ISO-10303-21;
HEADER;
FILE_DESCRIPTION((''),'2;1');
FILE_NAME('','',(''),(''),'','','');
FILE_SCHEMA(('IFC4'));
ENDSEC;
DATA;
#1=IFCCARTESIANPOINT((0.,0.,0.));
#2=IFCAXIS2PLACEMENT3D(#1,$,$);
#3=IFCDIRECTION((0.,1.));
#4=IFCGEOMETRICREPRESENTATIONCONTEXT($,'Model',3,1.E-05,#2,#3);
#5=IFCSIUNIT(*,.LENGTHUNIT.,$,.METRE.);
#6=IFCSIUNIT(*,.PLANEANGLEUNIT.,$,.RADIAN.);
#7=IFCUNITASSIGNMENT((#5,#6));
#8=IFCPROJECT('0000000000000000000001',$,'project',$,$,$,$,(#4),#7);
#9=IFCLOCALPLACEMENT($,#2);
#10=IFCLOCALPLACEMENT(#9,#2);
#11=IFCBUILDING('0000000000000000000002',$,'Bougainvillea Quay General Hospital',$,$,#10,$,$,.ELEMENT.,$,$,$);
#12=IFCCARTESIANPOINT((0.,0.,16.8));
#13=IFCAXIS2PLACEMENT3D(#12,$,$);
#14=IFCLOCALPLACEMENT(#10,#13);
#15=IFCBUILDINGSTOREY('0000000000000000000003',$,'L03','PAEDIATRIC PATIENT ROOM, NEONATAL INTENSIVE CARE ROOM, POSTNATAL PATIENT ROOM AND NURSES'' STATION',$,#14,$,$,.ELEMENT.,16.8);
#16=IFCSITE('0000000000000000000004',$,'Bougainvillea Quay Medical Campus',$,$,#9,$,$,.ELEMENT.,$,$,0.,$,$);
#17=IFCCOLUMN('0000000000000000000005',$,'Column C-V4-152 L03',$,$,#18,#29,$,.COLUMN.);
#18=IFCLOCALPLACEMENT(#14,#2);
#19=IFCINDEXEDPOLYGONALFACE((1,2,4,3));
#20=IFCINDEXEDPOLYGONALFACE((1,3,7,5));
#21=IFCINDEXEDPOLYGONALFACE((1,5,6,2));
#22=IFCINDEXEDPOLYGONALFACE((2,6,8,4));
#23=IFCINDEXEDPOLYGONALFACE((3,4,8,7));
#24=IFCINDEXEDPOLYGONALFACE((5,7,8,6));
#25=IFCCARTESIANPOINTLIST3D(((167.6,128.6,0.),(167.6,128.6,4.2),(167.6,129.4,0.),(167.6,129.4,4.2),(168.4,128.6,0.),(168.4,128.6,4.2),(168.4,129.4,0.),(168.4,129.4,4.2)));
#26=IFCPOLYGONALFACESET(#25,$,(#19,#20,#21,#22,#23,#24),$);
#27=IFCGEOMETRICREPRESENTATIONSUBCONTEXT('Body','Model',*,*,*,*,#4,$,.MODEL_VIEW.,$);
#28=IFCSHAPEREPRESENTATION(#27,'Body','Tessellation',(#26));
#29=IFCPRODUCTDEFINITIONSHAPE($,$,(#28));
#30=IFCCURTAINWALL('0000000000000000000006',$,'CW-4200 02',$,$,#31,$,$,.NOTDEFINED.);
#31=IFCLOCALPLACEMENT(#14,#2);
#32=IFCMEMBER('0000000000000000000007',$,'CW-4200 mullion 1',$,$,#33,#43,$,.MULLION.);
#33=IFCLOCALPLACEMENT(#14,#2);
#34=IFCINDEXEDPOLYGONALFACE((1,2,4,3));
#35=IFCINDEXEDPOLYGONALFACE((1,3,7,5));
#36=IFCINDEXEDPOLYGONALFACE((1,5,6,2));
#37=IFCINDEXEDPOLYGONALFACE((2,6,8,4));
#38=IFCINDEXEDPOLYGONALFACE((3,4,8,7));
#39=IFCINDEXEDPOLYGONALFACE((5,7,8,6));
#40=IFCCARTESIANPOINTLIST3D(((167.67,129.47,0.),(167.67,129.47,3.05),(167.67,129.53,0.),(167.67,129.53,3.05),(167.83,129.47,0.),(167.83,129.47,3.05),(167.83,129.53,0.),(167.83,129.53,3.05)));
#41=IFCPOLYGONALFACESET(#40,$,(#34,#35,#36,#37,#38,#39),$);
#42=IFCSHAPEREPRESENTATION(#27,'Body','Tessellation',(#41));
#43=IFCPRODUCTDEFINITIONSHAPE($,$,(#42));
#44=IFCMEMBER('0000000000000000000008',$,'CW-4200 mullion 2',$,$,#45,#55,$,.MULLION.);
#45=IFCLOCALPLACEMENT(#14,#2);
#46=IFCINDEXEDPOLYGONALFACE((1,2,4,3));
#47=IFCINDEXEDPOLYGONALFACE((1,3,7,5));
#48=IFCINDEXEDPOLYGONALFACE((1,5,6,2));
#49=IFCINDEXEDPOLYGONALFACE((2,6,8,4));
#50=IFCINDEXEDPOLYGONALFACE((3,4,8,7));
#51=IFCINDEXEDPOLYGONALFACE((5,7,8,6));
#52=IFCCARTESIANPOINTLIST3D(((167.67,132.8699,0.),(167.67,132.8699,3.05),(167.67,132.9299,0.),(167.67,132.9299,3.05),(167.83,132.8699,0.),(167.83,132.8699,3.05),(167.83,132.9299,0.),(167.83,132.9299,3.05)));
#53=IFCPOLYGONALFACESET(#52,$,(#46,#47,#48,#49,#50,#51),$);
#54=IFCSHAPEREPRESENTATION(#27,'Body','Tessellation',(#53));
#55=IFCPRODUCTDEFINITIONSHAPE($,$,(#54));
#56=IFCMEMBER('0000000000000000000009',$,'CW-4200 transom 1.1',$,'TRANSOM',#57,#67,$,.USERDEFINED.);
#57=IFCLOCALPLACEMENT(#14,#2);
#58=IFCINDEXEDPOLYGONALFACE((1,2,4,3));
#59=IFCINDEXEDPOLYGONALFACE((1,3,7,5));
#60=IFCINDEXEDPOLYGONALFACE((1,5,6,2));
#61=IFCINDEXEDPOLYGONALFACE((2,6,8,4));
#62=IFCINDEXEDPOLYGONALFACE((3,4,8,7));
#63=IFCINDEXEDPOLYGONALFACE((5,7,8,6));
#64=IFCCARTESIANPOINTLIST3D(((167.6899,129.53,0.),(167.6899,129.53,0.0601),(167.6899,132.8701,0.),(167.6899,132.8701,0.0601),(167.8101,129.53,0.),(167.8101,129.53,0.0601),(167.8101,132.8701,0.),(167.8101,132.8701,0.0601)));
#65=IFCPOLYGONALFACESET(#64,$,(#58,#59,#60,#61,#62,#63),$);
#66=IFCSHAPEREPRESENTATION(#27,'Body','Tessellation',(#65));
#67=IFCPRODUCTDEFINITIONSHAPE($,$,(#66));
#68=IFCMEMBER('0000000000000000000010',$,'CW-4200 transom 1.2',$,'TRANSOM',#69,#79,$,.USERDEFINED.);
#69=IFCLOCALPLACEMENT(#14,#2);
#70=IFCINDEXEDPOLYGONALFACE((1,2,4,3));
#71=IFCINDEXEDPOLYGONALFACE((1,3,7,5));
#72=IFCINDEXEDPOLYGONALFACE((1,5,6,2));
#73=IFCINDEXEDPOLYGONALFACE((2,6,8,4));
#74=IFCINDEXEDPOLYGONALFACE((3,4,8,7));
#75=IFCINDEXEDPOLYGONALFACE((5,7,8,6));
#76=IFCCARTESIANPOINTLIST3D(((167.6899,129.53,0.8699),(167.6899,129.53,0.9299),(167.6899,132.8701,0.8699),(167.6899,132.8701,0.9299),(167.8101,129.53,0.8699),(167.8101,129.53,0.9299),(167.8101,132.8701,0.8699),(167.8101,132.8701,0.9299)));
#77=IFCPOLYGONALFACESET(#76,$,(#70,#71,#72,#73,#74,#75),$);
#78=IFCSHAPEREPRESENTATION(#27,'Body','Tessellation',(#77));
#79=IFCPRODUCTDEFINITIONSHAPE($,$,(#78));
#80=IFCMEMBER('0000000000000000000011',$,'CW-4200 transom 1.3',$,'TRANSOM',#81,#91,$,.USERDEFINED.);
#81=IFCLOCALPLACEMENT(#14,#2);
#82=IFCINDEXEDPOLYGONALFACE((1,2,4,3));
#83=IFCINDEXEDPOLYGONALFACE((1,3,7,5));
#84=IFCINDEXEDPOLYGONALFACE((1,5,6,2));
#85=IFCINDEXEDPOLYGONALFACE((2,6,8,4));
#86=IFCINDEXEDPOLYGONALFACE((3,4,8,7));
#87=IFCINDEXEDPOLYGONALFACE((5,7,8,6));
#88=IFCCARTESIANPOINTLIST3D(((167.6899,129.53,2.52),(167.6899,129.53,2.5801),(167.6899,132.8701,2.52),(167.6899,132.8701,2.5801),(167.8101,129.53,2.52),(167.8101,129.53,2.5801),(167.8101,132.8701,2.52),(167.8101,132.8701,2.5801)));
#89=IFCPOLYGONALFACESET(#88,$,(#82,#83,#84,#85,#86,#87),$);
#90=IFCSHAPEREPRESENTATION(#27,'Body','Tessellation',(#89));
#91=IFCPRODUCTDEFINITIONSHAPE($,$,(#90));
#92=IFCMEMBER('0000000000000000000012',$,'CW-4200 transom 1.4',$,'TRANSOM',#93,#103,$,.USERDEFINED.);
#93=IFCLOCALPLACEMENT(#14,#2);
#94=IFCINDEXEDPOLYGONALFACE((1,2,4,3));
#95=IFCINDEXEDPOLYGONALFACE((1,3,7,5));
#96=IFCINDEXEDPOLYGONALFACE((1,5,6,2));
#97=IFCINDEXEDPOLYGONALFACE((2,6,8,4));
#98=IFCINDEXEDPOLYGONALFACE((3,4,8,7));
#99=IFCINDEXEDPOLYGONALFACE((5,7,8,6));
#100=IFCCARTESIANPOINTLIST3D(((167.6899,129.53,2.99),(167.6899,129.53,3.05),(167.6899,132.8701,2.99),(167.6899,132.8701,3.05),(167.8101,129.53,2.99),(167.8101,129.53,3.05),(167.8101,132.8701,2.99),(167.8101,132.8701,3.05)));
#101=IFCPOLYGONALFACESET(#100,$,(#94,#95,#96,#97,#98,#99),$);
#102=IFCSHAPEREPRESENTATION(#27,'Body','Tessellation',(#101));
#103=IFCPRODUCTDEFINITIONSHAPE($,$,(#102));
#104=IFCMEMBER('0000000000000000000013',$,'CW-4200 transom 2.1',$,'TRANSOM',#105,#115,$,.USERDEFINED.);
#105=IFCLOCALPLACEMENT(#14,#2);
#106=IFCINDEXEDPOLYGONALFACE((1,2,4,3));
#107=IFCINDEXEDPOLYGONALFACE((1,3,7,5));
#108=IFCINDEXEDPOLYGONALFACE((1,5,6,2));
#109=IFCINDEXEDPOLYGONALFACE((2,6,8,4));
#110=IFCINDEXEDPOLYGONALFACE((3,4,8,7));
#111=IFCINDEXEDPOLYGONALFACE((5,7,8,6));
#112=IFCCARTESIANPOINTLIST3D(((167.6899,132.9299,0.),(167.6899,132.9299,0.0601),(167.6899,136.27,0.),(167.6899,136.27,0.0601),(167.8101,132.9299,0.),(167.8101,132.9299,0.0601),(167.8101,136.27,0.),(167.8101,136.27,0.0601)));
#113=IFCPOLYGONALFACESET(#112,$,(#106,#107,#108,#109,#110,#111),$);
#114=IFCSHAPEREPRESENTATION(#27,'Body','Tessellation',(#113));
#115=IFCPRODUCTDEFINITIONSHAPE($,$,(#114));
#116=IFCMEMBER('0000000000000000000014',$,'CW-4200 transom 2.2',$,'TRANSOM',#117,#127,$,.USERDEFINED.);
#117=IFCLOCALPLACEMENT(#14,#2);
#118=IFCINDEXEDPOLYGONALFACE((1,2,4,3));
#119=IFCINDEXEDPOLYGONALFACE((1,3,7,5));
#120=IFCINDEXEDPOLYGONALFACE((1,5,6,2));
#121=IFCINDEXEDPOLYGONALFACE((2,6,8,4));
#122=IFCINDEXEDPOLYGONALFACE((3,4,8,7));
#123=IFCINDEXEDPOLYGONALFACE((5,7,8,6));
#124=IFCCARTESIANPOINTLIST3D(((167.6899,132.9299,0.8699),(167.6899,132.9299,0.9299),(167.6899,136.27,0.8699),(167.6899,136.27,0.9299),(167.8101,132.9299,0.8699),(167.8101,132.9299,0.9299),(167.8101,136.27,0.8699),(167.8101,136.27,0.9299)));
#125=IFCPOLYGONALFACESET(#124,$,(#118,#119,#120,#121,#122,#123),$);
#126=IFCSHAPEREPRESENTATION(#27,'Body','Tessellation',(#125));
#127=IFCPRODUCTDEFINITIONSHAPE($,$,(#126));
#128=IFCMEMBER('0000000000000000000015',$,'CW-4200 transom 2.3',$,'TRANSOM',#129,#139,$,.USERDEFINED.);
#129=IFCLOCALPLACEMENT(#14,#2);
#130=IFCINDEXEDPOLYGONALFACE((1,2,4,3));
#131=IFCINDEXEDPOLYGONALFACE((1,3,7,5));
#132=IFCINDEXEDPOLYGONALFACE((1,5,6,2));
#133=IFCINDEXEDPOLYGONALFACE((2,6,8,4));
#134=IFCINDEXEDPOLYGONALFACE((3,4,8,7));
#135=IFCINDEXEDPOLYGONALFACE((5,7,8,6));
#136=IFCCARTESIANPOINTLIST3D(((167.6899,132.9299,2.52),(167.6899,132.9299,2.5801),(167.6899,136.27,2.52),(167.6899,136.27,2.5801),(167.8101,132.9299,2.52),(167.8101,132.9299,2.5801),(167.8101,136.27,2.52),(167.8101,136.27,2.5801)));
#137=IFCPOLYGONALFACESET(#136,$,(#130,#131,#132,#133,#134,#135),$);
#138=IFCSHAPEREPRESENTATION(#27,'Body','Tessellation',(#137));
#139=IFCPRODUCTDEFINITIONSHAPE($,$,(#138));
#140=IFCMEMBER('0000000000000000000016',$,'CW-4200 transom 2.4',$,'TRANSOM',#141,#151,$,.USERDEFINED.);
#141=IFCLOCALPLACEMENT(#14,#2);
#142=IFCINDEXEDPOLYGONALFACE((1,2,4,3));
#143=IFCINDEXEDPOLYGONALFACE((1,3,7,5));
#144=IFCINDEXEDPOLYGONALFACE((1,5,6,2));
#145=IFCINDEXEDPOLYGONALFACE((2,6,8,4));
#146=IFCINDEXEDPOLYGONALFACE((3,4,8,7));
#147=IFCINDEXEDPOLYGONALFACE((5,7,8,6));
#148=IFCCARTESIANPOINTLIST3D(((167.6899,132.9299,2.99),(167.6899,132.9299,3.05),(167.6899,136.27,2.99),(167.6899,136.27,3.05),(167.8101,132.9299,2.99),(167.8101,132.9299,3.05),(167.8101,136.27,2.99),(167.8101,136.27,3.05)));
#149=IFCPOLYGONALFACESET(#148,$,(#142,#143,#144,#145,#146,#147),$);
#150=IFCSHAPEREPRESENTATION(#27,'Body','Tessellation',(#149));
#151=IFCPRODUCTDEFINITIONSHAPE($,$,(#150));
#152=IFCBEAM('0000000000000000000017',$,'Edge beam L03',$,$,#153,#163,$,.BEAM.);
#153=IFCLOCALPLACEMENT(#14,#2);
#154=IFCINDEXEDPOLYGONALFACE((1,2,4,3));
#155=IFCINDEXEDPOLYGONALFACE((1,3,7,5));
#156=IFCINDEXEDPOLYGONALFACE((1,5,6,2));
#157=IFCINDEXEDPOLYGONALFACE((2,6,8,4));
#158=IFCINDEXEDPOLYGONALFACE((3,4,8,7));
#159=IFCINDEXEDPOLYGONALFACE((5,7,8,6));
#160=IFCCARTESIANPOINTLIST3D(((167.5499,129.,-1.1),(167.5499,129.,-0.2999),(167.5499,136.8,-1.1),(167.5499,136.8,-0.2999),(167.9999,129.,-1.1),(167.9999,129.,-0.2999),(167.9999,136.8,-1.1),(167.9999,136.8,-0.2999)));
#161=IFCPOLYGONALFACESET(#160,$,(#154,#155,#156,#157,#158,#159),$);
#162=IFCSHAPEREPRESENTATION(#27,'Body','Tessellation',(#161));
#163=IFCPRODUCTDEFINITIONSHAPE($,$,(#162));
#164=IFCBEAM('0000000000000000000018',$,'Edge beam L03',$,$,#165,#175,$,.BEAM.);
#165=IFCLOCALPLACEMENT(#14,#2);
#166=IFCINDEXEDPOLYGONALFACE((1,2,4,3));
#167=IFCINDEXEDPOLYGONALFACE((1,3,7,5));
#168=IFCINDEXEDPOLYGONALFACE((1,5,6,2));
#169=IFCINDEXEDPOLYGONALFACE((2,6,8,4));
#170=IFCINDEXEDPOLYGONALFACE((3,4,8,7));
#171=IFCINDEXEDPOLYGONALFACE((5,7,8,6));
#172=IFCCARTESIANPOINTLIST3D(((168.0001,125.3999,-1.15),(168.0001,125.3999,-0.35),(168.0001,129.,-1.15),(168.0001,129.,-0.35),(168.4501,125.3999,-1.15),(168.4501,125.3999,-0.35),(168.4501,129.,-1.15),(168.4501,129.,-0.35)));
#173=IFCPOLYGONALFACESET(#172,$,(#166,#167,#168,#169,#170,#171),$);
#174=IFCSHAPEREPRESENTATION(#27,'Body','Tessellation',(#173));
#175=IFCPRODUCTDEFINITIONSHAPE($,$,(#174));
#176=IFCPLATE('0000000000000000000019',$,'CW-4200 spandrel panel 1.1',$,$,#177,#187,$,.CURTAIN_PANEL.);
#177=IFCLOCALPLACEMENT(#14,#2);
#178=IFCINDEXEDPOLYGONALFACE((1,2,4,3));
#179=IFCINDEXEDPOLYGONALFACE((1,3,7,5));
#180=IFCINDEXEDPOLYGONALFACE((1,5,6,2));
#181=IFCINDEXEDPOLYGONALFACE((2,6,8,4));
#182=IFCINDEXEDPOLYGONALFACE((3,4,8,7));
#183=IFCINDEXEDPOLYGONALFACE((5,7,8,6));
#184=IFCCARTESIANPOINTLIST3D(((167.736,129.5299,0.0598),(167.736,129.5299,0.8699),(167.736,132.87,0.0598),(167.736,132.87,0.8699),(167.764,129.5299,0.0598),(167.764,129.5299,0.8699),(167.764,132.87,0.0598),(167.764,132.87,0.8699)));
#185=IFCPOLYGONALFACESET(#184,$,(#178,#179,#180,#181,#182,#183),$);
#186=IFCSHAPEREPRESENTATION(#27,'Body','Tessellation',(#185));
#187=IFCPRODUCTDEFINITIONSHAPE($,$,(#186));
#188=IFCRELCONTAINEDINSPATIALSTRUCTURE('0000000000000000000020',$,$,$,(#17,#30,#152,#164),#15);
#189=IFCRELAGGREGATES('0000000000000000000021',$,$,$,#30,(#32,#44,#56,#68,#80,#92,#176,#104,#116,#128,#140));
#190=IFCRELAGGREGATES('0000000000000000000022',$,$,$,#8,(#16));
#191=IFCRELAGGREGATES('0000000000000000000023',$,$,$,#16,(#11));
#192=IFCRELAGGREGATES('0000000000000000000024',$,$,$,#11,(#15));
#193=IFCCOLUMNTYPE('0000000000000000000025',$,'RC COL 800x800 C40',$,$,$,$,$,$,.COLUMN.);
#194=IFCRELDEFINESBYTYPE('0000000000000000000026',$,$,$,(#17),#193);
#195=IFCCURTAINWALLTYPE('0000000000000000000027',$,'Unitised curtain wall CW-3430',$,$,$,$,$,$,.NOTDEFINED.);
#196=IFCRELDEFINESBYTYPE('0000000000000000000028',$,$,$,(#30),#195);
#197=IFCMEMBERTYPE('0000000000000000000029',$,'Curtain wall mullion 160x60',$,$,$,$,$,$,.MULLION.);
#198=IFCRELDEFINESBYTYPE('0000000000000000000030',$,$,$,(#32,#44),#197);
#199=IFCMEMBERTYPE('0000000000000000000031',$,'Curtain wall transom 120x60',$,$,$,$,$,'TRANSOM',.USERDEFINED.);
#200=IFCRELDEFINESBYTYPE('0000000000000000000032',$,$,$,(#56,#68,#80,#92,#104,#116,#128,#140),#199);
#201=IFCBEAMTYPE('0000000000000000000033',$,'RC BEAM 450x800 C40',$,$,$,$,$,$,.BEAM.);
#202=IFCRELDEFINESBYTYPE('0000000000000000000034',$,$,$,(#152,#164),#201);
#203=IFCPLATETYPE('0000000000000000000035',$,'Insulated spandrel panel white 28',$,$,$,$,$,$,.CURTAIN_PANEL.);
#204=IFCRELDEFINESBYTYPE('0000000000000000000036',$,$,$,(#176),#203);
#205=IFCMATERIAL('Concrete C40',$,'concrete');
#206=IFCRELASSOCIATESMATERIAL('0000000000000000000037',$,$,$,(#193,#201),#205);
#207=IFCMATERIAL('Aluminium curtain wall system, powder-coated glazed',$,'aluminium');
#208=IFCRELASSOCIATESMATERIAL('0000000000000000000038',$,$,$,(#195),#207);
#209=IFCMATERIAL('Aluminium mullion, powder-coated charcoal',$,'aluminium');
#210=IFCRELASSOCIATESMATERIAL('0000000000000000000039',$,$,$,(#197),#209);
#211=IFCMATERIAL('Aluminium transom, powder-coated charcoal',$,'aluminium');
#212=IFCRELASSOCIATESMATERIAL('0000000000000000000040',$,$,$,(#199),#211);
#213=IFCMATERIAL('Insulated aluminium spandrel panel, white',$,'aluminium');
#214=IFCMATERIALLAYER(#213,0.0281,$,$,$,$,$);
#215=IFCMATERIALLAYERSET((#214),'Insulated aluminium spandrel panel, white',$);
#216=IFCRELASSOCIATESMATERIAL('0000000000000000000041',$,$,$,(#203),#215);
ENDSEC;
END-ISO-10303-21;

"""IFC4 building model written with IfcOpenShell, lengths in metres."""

from ifc_helpers import new_model, si_unit, direction, frame, origin, origin_2d, place, context, subcontext, project, spatial, rectangle, extrude, material, layer, layer_set, material_profile, profile_set, type_object, element, aggregate, save


model = new_model("IFC4")

# Units and contexts
model_context = context("Model", 3, precision=1e-05, world=origin(), true_north=direction((0.0, 1.0)))
body_context = subcontext(model_context, "Body", "Model", "MODEL_VIEW")
ifc_project = project(units=[si_unit("LENGTHUNIT", "METRE"), si_unit("PLANEANGLEUNIT", "RADIAN")], contexts=[model_context])

# Site, building, storey
site_placement = place(None, origin())
site = spatial("IfcSite", under=ifc_project, at=site_placement, Name="Bougainvillea Quay Medical Campus", CompositionType="ELEMENT", RefElevation=0.0)
building_placement = place(site_placement, origin())
building = spatial("IfcBuilding", under=site, at=building_placement, Name="Bougainvillea Quay General Hospital", CompositionType="ELEMENT")
storey_placement = place(building_placement, frame((0.0, 0.0, 16.8)))
storey = spatial("IfcBuildingStorey", under=building, at=storey_placement, Name="L03", Description="PAEDIATRIC PATIENT ROOM, NEONATAL INTENSIVE CARE ROOM, POSTNATAL PATIENT ROOM AND NURSES' STATION", CompositionType="ELEMENT", Elevation=16.8)

# Column
ifc_material_1 = material(Name="Concrete C40", Category="concrete")
ifc_material_profile_1 = material_profile(ifc_material_1, rectangle(XDim=0.8, YDim=0.8, at=origin_2d()))
ifc_profile_set_1 = profile_set([ifc_material_profile_1], Name="Concrete C40")
column_type = type_object("IfcColumnType", Name="RC COL 800x800 C40", PredefinedType="COLUMN", material=ifc_profile_set_1)
column_placement = place(storey_placement, frame((168.0, 129.0, 0.0), z_axis=(0.0, 0.0, 1.0), x_axis=(1.0, 0.0, 0.0)))
element("IfcColumn", 1, at=column_placement, inside=storey, type_object=column_type, Name="Column C-V4-152 L03", PredefinedType="COLUMN", context=body_context, shape_type="SweptSolid", body=[
    extrude(rectangle(XDim=0.8, YDim=0.8, at=origin_2d()), origin(), (0.0, 0.0, 1.0), 4.2),
])

# Curtain wall, members
ifc_material_2 = material(Name="Aluminium curtain wall system, powder-coated glazed", Category="aluminium")
curtain_wall_type = type_object("IfcCurtainWallType", Name="Unitised curtain wall CW-3430", PredefinedType="NOTDEFINED", material=ifc_material_2)
curtain_wall_placement = place(storey_placement, origin())
curtain_wall = element("IfcCurtainWall", 2, at=curtain_wall_placement, inside=storey, type_object=curtain_wall_type, Name="CW-4200 02", PredefinedType="NOTDEFINED")
ifc_material_3 = material(Name="Aluminium mullion, powder-coated charcoal", Category="aluminium")
ifc_material_profile_2 = material_profile(ifc_material_3, rectangle(XDim=0.1599, YDim=0.0601, at=origin_2d()))
ifc_profile_set_2 = profile_set([ifc_material_profile_2], Name="Aluminium mullion, powder-coated charcoal")
member_type_1 = type_object("IfcMemberType", Name="Curtain wall mullion 160x60", PredefinedType="MULLION", material=ifc_profile_set_2)
member_1_placement = place(storey_placement, frame((167.75, 129.5, 0.0), z_axis=(0.0, 0.0, 1.0), x_axis=(-1.0, 0.0, 0.0)))
member_1 = element("IfcMember", 3, at=member_1_placement, type_object=member_type_1, Name="CW-4200 mullion 1", PredefinedType="MULLION", context=body_context, shape_type="SweptSolid", body=[
    extrude(rectangle(XDim=0.1599, YDim=0.0601, at=origin_2d()), origin(), (0.0, 0.0, 1.0), 3.05),
])
member_2_placement = place(storey_placement, frame((167.75, 132.8999, 0.0), z_axis=(0.0, 0.0, 1.0), x_axis=(-1.0, 0.0, 0.0)))
member_2 = element("IfcMember", 4, at=member_2_placement, type_object=member_type_1, Name="CW-4200 mullion 2", PredefinedType="MULLION", context=body_context, shape_type="SweptSolid", body=[
    extrude(rectangle(XDim=0.1599, YDim=0.0601, at=origin_2d()), origin(), (0.0, 0.0, 1.0), 3.05),
])
ifc_material_4 = material(Name="Aluminium transom, powder-coated charcoal", Category="aluminium")
ifc_material_profile_3 = material_profile(ifc_material_4, rectangle(XDim=0.1201, YDim=0.0601, at=origin_2d()))
ifc_profile_set_3 = profile_set([ifc_material_profile_3], Name="Aluminium transom, powder-coated charcoal")
member_type_2 = type_object("IfcMemberType", Name="Curtain wall transom 120x60", ElementType="TRANSOM", PredefinedType="USERDEFINED", material=ifc_profile_set_3)
member_3_placement = place(storey_placement, frame((167.75, 129.53, 0.03), z_axis=(0.0, 1.0, 0.0), x_axis=(-1.0, 0.0, 0.0)))
member_3 = element("IfcMember", 5, at=member_3_placement, type_object=member_type_2, Name="CW-4200 transom 1.1", ObjectType="TRANSOM", PredefinedType="USERDEFINED", context=body_context, shape_type="SweptSolid", body=[
    extrude(rectangle(XDim=0.1201, YDim=0.0601, at=origin_2d()), origin(), (0.0, 0.0, 1.0), 3.3401),
])
member_4_placement = place(storey_placement, frame((167.75, 129.53, 0.8999), z_axis=(0.0, 1.0, 0.0), x_axis=(-1.0, 0.0, 0.0)))
member_4 = element("IfcMember", 6, at=member_4_placement, type_object=member_type_2, Name="CW-4200 transom 1.2", ObjectType="TRANSOM", PredefinedType="USERDEFINED", context=body_context, shape_type="SweptSolid", body=[
    extrude(rectangle(XDim=0.1201, YDim=0.0601, at=origin_2d()), origin(), (0.0, 0.0, 1.0), 3.3401),
])
member_5_placement = place(storey_placement, frame((167.75, 129.53, 2.55), z_axis=(0.0, 1.0, 0.0), x_axis=(-1.0, 0.0, 0.0)))
member_5 = element("IfcMember", 7, at=member_5_placement, type_object=member_type_2, Name="CW-4200 transom 1.3", ObjectType="TRANSOM", PredefinedType="USERDEFINED", context=body_context, shape_type="SweptSolid", body=[
    extrude(rectangle(XDim=0.1201, YDim=0.0601, at=origin_2d()), origin(), (0.0, 0.0, 1.0), 3.3401),
])
member_6_placement = place(storey_placement, frame((167.75, 129.53, 3.02), z_axis=(0.0, 1.0, 0.0), x_axis=(-1.0, 0.0, 0.0)))
member_6 = element("IfcMember", 8, at=member_6_placement, type_object=member_type_2, Name="CW-4200 transom 1.4", ObjectType="TRANSOM", PredefinedType="USERDEFINED", context=body_context, shape_type="SweptSolid", body=[
    extrude(rectangle(XDim=0.1201, YDim=0.0601, at=origin_2d()), origin(), (0.0, 0.0, 1.0), 3.3401),
])
member_7_placement = place(storey_placement, frame((167.75, 132.9299, 0.03), z_axis=(0.0, 1.0, 0.0), x_axis=(-1.0, 0.0, 0.0)))
member_7 = element("IfcMember", 9, at=member_7_placement, type_object=member_type_2, Name="CW-4200 transom 2.1", ObjectType="TRANSOM", PredefinedType="USERDEFINED", context=body_context, shape_type="SweptSolid", body=[
    extrude(rectangle(XDim=0.1201, YDim=0.0601, at=origin_2d()), origin(), (0.0, 0.0, 1.0), 3.3401),
])
member_8_placement = place(storey_placement, frame((167.75, 132.9299, 0.8999), z_axis=(0.0, 1.0, 0.0), x_axis=(-1.0, 0.0, 0.0)))
member_8 = element("IfcMember", 10, at=member_8_placement, type_object=member_type_2, Name="CW-4200 transom 2.2", ObjectType="TRANSOM", PredefinedType="USERDEFINED", context=body_context, shape_type="SweptSolid", body=[
    extrude(rectangle(XDim=0.1201, YDim=0.0601, at=origin_2d()), origin(), (0.0, 0.0, 1.0), 3.3401),
])
member_9_placement = place(storey_placement, frame((167.75, 132.9299, 2.55), z_axis=(0.0, 1.0, 0.0), x_axis=(-1.0, 0.0, 0.0)))
member_9 = element("IfcMember", 11, at=member_9_placement, type_object=member_type_2, Name="CW-4200 transom 2.3", ObjectType="TRANSOM", PredefinedType="USERDEFINED", context=body_context, shape_type="SweptSolid", body=[
    extrude(rectangle(XDim=0.1201, YDim=0.0601, at=origin_2d()), origin(), (0.0, 0.0, 1.0), 3.3401),
])
member_10_placement = place(storey_placement, frame((167.75, 132.9299, 3.02), z_axis=(0.0, 1.0, 0.0), x_axis=(-1.0, 0.0, 0.0)))
member_10 = element("IfcMember", 12, at=member_10_placement, type_object=member_type_2, Name="CW-4200 transom 2.4", ObjectType="TRANSOM", PredefinedType="USERDEFINED", context=body_context, shape_type="SweptSolid", body=[
    extrude(rectangle(XDim=0.1201, YDim=0.0601, at=origin_2d()), origin(), (0.0, 0.0, 1.0), 3.3401),
])

# Beams
ifc_material_profile_4 = material_profile(ifc_material_1, rectangle(XDim=0.45, YDim=0.8, at=origin_2d()))
ifc_profile_set_4 = profile_set([ifc_material_profile_4], Name="Concrete C40")
beam_type = type_object("IfcBeamType", Name="RC BEAM 450x800 C40", PredefinedType="BEAM", material=ifc_profile_set_4)
beam_1_placement = place(storey_placement, frame((167.7749, 129.0, -0.7), z_axis=(0.0, 1.0, 0.0), x_axis=(-1.0, 0.0, 0.0)))
element("IfcBeam", 13, at=beam_1_placement, inside=storey, type_object=beam_type, Name="Edge beam L03", PredefinedType="BEAM", context=body_context, shape_type="SweptSolid", body=[
    extrude(rectangle(XDim=0.45, YDim=0.8, at=origin_2d()), origin(), (0.0, 0.0, 1.0), 7.8),
])
beam_2_placement = place(storey_placement, frame((168.2251, 129.0, -0.75), z_axis=(0.0, -1.0, 0.0), x_axis=(1.0, 0.0, 0.0)))
element("IfcBeam", 14, at=beam_2_placement, inside=storey, type_object=beam_type, Name="Edge beam L03", PredefinedType="BEAM", context=body_context, shape_type="SweptSolid", body=[
    extrude(rectangle(XDim=0.45, YDim=0.8, at=origin_2d()), origin(), (0.0, 0.0, 1.0), 3.6001),
])

# Plate
ifc_material_5 = material(Name="Insulated aluminium spandrel panel, white", Category="aluminium")
ifc_layer_1 = layer(ifc_material_5, 0.0281)
ifc_layer_set_1 = layer_set([ifc_layer_1], Name="Insulated aluminium spandrel panel, white")
plate_type_1 = type_object("IfcPlateType", Name="Insulated spandrel panel white 28", PredefinedType="CURTAIN_PANEL", material=ifc_layer_set_1)
plate_1_placement = place(storey_placement, frame((167.75, 131.2, 0.0598), z_axis=(0.0, 0.0, 1.0), x_axis=(0.0, 1.0, 0.0)))
plate_1 = element("IfcPlate", 15, at=plate_1_placement, type_object=plate_type_1, Name="CW-4200 spandrel panel 1.1", PredefinedType="CURTAIN_PANEL", context=body_context, shape_type="SweptSolid", body=[
    extrude(rectangle(XDim=3.3401, YDim=0.0281, at=origin_2d()), origin(), (0.0, 0.0, 1.0), 0.8101),
])
aggregate(curtain_wall, [member_1, member_2, member_3, member_4, member_5, member_6, plate_1, member_7, member_8, member_9, member_10])

save(model, "model.ifc")
